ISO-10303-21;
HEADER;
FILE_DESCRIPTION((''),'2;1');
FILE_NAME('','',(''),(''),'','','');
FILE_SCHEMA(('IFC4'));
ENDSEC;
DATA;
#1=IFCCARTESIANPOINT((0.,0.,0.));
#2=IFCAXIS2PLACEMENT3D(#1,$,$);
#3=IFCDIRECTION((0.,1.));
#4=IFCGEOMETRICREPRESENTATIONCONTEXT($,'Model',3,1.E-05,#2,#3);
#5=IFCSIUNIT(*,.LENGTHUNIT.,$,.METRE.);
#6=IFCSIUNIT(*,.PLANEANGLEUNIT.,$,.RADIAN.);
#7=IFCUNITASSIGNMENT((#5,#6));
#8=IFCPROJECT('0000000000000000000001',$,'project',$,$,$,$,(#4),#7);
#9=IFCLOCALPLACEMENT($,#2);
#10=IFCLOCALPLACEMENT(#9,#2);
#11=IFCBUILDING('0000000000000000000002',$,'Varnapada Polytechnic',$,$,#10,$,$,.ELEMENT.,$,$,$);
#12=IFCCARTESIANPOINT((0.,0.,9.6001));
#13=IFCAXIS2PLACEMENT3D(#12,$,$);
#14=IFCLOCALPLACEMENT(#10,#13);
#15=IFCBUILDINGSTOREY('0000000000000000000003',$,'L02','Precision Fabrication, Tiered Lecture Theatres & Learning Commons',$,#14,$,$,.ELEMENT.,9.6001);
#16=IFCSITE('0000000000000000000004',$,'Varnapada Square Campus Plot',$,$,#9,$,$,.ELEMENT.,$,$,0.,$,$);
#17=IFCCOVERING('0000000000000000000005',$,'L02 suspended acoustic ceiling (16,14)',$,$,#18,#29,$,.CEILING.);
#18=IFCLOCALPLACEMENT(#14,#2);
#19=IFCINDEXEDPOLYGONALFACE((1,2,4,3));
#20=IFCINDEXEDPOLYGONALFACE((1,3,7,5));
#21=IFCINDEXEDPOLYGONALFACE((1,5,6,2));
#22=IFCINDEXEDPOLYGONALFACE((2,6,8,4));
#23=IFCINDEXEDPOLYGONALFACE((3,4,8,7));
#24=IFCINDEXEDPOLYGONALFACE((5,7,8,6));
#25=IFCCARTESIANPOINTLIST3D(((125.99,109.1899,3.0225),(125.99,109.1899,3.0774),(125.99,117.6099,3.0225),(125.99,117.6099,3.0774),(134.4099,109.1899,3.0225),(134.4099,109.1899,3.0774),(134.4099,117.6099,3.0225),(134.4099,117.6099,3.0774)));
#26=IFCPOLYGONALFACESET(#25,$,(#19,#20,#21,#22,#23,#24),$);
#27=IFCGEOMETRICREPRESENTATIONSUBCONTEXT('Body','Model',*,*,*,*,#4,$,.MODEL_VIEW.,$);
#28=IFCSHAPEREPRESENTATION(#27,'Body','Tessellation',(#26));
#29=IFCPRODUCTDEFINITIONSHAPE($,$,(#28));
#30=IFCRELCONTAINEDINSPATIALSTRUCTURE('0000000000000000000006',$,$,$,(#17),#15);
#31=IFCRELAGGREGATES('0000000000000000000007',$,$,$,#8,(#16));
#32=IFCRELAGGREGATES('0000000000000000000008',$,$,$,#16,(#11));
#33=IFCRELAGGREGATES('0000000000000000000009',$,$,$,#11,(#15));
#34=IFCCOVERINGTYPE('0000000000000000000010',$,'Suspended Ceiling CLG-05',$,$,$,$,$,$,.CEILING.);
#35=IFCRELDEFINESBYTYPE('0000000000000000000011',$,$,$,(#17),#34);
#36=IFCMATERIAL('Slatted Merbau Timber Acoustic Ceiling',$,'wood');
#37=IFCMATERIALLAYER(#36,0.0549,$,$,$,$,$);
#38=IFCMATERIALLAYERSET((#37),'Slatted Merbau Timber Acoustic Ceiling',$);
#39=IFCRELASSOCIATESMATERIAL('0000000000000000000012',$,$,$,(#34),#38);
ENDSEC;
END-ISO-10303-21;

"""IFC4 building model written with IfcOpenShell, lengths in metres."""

from ifc_helpers import new_model, si_unit, direction, frame, origin, origin_2d, place, context, subcontext, project, spatial, rectangle, extrude, material, layer, layer_set, type_object, element, save


model = new_model("IFC4")

# Units and contexts
model_context = context("Model", 3, precision=1e-05, world=origin(), true_north=direction((0.0, 1.0)))
body_context = subcontext(model_context, "Body", "Model", "MODEL_VIEW")
ifc_project = project(units=[si_unit("LENGTHUNIT", "METRE"), si_unit("PLANEANGLEUNIT", "RADIAN")], contexts=[model_context])

# Site, building, storey
site_placement = place(None, origin())
site = spatial("IfcSite", under=ifc_project, at=site_placement, Name="Varnapada Square Campus Plot", CompositionType="ELEMENT", RefElevation=0.0)
building_placement = place(site_placement, origin())
building = spatial("IfcBuilding", under=site, at=building_placement, Name="Varnapada Polytechnic", CompositionType="ELEMENT")
storey_placement = place(building_placement, frame((0.0, 0.0, 9.6001)))
storey = spatial("IfcBuildingStorey", under=building, at=storey_placement, Name="L02", Description="Precision Fabrication, Tiered Lecture Theatres & Learning Commons", CompositionType="ELEMENT", Elevation=9.6001)

# Covering
ifc_material_1 = material(Name="Slatted Merbau Timber Acoustic Ceiling", Category="wood")
ifc_layer_1 = layer(ifc_material_1, 0.0549)
ifc_layer_set_1 = layer_set([ifc_layer_1], Name="Slatted Merbau Timber Acoustic Ceiling")
covering_type_1 = type_object("IfcCoveringType", Name="Suspended Ceiling CLG-05", PredefinedType="CEILING", material=ifc_layer_set_1)
covering_1_placement = place(storey_placement, frame((130.2, 113.3999, 3.0225), z_axis=(0.0, 0.0, 1.0), x_axis=(1.0, 0.0, 0.0)))
element("IfcCovering", 1, at=covering_1_placement, inside=storey, type_object=covering_type_1, Name="L02 suspended acoustic ceiling (16,14)", PredefinedType="CEILING", context=body_context, shape_type="SweptSolid", body=[
    extrude(rectangle(XDim=8.4199, YDim=8.4199, at=origin_2d()), origin(), (0.0, 0.0, 1.0), 0.0549),
])

save(model, "model.ifc")
